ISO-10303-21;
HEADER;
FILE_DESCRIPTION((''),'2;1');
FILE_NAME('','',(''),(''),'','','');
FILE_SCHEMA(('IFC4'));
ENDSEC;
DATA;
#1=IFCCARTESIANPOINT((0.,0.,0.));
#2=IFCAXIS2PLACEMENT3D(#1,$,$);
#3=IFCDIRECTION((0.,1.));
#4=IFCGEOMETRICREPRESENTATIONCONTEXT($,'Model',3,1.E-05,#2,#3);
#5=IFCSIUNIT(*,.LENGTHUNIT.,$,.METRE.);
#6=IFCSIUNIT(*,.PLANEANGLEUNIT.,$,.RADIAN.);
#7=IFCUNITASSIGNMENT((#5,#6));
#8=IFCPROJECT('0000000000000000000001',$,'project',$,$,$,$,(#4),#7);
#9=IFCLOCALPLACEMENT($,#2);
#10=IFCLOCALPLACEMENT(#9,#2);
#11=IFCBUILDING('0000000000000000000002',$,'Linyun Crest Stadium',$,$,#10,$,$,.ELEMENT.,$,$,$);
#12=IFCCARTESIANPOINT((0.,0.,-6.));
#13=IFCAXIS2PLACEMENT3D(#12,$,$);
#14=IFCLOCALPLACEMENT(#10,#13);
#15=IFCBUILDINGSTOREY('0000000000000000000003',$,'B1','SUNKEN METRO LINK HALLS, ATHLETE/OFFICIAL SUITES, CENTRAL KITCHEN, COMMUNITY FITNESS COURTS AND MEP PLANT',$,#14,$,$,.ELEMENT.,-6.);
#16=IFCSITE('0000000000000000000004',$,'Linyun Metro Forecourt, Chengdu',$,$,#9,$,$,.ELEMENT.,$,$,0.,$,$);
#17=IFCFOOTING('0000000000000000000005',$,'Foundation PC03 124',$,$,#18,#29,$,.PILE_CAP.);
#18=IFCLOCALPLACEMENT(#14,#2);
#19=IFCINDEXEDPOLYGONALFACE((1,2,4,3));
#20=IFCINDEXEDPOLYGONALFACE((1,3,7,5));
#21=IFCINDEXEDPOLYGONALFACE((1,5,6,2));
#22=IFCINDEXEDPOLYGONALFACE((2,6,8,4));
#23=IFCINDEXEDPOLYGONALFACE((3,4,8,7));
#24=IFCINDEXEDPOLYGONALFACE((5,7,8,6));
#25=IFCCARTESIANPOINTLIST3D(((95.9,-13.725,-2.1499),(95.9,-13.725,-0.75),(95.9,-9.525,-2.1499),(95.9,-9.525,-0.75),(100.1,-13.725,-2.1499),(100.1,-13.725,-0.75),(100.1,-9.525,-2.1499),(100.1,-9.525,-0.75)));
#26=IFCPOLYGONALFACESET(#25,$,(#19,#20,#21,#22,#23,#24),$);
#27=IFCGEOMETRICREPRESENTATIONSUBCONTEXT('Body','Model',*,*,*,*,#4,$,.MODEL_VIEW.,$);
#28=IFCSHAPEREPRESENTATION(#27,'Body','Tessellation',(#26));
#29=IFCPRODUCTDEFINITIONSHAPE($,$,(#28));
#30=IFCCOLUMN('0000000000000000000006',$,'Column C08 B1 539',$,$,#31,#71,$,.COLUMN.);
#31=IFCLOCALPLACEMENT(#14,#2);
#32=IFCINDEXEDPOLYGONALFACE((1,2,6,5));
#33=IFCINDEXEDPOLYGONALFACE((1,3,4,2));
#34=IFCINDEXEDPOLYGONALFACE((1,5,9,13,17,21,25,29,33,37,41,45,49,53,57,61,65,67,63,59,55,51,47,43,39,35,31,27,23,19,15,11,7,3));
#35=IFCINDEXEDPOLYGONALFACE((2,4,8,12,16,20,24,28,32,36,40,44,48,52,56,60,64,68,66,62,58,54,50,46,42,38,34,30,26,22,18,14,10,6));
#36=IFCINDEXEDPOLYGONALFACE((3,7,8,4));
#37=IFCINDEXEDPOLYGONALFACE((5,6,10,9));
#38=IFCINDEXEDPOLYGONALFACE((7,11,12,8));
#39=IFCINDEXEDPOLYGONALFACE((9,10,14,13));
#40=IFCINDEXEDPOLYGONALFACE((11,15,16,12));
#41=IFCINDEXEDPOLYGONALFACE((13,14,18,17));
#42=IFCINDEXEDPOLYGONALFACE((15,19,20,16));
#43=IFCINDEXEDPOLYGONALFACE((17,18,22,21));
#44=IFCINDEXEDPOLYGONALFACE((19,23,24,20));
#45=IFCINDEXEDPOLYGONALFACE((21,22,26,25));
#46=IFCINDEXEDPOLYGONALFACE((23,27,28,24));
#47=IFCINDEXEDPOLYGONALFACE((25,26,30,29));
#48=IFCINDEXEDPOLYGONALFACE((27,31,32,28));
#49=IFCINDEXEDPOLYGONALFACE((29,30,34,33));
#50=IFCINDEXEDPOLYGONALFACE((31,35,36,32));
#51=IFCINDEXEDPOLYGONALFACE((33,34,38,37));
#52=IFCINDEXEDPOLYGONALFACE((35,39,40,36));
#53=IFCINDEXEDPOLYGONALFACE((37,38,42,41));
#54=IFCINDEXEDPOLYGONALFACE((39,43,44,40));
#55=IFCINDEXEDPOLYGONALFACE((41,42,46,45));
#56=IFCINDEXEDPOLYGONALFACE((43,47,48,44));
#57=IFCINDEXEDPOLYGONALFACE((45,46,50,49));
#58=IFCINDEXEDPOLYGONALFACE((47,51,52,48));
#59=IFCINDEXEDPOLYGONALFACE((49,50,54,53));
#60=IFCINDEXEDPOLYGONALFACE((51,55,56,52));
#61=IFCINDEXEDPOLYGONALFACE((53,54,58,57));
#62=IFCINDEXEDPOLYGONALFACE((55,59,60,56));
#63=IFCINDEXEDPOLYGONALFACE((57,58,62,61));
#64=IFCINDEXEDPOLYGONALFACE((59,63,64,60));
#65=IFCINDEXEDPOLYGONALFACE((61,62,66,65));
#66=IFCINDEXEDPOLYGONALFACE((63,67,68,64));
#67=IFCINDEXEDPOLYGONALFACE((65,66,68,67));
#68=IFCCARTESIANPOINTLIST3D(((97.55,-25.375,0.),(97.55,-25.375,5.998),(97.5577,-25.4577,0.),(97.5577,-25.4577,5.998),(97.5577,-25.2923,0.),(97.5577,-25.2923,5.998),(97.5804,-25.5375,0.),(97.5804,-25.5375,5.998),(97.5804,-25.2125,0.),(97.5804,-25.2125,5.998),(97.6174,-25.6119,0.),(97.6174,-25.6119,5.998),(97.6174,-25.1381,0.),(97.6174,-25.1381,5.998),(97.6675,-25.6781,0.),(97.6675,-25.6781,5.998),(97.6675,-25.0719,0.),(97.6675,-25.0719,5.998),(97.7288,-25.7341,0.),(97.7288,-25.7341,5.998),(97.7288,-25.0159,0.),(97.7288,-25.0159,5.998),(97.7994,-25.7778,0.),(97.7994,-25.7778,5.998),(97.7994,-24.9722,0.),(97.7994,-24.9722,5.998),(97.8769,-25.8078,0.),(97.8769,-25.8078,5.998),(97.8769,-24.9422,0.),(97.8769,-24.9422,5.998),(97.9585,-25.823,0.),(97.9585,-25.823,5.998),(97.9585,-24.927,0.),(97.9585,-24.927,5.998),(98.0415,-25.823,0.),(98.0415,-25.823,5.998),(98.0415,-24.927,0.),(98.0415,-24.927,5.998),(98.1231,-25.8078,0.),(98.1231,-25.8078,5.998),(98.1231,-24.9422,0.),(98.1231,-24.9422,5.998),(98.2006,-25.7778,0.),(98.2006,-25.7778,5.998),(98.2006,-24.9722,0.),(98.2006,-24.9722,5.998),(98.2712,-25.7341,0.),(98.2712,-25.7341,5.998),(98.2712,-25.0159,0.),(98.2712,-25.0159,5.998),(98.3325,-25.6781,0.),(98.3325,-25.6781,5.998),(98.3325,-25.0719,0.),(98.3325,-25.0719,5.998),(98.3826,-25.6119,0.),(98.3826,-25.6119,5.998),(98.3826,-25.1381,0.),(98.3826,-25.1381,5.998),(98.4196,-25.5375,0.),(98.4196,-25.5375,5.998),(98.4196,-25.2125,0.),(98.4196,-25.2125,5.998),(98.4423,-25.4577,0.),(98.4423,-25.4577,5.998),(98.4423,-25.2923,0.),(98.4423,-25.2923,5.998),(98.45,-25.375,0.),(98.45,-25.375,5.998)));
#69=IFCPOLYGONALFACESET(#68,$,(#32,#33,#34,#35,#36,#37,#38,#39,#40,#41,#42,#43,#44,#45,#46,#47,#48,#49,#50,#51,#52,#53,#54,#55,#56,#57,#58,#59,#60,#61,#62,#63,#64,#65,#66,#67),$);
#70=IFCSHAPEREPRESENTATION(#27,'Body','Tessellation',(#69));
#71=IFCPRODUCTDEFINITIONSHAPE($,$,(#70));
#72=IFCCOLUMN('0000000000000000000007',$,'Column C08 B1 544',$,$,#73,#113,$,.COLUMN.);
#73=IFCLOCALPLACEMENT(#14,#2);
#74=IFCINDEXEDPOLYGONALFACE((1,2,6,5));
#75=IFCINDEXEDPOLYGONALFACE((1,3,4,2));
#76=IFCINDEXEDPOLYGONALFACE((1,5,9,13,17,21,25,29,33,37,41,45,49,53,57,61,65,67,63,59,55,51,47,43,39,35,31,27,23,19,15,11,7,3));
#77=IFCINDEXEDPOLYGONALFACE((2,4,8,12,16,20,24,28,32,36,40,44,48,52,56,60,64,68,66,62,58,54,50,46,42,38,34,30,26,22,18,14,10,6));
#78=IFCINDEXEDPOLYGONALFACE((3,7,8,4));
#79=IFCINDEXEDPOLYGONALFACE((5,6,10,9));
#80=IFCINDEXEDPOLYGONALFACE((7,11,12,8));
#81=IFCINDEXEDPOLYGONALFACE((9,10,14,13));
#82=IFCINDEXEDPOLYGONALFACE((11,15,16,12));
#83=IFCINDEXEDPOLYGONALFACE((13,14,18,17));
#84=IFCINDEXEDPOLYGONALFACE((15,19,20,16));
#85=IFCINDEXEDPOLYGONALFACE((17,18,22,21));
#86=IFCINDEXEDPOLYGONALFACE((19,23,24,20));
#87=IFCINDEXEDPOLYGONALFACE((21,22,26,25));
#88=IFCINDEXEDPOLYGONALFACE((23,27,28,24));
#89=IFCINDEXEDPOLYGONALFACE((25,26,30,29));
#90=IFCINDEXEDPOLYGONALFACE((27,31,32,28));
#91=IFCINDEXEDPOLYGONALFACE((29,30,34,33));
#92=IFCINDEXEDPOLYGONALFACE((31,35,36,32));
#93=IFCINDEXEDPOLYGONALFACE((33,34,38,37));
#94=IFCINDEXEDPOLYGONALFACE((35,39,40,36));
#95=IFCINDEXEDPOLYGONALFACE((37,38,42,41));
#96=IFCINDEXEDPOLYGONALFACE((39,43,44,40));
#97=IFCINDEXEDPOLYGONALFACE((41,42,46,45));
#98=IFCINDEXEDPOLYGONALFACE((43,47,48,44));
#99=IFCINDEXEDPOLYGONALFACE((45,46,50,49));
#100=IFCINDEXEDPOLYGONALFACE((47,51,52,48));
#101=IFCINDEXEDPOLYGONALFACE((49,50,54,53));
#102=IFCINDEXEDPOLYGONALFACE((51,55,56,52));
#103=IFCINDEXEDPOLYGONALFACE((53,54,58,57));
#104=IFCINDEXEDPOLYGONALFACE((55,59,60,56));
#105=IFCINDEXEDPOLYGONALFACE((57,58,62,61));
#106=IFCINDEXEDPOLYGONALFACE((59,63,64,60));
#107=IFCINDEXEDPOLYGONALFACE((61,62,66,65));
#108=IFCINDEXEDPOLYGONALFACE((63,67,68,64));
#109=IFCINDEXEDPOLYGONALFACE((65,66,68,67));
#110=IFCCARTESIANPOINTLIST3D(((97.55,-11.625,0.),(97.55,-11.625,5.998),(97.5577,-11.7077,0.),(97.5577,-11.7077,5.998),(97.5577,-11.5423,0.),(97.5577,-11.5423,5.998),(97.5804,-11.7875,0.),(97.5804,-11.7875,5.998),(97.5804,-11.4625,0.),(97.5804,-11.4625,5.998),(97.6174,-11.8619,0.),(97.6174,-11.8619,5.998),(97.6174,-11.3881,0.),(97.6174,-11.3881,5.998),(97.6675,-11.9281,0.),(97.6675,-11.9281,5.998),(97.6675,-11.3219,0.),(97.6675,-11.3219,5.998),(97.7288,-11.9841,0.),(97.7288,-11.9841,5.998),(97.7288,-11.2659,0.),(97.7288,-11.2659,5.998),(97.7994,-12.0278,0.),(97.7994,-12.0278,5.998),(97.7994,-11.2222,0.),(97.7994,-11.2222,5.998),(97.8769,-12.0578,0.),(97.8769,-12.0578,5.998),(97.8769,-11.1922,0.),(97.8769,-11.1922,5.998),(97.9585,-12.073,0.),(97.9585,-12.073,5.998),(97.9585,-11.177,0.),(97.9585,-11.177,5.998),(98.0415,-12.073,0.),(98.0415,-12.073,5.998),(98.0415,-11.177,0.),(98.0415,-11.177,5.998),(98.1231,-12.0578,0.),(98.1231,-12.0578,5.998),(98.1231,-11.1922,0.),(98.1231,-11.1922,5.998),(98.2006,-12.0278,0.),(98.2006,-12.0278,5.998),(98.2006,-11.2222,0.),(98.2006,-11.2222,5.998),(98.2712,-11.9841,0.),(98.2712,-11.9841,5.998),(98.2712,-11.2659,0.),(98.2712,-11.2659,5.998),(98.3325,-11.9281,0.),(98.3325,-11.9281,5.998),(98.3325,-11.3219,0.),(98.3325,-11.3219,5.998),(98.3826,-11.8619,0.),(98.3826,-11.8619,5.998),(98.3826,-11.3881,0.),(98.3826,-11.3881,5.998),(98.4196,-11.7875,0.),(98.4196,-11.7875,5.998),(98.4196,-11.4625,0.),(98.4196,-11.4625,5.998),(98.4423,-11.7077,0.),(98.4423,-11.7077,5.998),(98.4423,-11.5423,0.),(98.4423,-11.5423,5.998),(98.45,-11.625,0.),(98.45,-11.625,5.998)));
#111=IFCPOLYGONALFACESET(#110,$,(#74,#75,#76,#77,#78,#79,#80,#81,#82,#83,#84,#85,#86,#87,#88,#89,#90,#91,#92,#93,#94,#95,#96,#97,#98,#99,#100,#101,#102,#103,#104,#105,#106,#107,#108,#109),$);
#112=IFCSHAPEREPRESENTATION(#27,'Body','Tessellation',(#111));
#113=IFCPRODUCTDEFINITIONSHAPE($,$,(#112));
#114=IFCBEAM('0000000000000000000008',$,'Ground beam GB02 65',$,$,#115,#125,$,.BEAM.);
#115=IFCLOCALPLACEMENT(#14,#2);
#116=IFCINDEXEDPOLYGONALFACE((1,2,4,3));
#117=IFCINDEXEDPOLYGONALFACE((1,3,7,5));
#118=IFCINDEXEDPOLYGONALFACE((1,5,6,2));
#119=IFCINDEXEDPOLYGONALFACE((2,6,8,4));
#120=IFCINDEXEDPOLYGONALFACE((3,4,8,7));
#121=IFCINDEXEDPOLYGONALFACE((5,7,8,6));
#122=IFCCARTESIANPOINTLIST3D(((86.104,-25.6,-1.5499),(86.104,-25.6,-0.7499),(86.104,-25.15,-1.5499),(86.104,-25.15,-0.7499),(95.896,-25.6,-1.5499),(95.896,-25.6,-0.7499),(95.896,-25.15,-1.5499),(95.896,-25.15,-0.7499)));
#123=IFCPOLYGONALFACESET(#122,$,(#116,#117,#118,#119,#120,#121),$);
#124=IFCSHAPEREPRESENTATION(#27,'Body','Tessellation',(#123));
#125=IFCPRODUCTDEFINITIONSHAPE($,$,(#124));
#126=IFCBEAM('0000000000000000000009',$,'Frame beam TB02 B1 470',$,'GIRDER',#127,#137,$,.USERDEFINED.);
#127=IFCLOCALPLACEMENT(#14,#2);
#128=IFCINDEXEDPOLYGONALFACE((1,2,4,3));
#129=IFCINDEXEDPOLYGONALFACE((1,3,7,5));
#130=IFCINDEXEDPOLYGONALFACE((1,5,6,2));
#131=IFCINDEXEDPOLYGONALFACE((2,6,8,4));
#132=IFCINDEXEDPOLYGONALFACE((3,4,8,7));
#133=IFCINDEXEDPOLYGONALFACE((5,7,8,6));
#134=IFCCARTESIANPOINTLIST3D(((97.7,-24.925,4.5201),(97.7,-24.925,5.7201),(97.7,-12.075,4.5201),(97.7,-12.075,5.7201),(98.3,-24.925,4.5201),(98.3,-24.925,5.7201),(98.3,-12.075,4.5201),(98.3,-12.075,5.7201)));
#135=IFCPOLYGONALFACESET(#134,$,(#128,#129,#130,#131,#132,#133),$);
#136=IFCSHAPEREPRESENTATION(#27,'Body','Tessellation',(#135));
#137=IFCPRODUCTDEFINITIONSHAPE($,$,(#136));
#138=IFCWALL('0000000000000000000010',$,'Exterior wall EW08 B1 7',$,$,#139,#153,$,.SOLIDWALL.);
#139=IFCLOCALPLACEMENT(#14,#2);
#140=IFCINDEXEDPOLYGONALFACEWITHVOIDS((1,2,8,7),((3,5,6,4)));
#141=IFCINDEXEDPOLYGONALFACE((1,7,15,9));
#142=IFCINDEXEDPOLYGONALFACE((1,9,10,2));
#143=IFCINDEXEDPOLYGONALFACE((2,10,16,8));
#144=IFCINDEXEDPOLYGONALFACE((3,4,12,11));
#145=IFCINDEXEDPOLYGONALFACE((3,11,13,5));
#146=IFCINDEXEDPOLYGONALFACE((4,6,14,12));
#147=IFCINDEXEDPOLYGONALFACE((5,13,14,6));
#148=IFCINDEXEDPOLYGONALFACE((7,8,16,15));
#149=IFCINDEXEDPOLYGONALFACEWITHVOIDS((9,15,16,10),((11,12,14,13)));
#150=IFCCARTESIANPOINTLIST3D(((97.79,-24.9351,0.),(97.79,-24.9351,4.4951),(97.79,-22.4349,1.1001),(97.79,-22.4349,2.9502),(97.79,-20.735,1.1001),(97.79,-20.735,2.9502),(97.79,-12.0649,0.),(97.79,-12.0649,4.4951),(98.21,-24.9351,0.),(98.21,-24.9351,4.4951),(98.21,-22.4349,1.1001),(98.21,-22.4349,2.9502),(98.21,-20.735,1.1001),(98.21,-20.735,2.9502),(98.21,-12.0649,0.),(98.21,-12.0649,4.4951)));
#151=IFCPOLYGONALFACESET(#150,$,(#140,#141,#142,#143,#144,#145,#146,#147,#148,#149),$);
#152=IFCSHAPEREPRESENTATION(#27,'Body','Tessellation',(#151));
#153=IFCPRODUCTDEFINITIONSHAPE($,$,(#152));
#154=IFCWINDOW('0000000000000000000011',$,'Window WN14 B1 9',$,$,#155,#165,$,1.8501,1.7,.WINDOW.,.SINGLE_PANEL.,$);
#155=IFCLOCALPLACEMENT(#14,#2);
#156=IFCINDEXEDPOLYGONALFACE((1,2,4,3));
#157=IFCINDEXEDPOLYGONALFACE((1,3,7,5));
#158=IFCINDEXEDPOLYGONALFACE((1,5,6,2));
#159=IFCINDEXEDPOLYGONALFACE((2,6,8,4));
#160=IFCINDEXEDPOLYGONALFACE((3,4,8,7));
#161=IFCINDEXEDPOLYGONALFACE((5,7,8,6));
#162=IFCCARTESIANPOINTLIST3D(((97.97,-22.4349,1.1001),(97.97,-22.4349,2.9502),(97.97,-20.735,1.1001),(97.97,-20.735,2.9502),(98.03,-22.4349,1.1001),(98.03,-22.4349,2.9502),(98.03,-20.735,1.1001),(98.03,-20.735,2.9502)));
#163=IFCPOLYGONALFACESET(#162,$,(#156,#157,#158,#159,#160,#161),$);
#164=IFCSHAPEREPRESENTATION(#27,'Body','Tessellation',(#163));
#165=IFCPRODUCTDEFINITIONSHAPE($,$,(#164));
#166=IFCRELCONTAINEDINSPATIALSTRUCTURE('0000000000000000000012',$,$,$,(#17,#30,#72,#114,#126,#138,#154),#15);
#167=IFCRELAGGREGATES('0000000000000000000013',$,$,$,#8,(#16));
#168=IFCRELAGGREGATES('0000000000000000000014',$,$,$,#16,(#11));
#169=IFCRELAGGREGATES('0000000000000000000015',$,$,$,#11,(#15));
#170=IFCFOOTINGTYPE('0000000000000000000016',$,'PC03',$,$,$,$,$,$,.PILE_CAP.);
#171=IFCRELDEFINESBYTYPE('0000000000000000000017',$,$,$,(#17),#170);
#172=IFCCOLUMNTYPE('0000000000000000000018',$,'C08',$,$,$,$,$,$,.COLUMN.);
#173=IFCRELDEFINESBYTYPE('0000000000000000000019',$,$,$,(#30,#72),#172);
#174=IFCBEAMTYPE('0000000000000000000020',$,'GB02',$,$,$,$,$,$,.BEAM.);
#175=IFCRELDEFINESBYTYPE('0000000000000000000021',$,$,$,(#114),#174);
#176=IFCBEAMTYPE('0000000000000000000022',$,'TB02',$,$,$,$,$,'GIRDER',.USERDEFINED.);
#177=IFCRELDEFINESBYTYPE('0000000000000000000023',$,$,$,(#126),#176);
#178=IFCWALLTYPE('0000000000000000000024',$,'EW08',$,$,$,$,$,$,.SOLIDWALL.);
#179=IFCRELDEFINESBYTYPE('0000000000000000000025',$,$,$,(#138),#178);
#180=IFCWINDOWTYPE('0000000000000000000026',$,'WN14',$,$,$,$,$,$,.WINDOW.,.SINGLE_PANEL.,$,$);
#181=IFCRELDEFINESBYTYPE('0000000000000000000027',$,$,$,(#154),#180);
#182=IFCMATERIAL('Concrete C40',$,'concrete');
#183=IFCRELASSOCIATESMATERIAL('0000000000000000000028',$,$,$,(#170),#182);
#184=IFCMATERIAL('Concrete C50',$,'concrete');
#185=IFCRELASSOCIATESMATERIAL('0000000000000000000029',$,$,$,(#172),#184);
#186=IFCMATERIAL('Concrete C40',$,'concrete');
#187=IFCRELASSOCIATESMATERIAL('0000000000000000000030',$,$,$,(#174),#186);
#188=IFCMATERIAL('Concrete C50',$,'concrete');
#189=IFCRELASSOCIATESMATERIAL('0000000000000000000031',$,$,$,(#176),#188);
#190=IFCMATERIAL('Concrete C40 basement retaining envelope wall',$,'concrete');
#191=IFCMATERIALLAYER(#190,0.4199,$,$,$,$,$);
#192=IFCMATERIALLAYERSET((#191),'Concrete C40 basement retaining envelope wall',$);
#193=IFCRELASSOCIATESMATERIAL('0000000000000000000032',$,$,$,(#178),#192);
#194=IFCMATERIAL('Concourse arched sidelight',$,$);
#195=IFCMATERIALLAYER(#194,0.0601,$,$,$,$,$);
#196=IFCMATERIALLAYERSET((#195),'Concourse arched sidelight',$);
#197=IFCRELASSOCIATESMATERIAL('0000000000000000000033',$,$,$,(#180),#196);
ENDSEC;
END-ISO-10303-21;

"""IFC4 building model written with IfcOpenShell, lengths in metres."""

from ifc_helpers import new_model, si_unit, direction, frame, frame_2d, origin, origin_2d, place, context, subcontext, project, spatial, rectangle, circle, extrude, material, layer, layer_set, material_profile, profile_set, type_object, element, fill, save


model = new_model("IFC4")

# Units and contexts
model_context = context("Model", 3, precision=1e-05, world=origin(), true_north=direction((0.0, 1.0)))
body_context = subcontext(model_context, "Body", "Model", "MODEL_VIEW")
ifc_project = project(units=[si_unit("LENGTHUNIT", "METRE"), si_unit("PLANEANGLEUNIT", "RADIAN")], contexts=[model_context])

# Site, building, storey
site_placement = place(None, origin())
site = spatial("IfcSite", under=ifc_project, at=site_placement, Name="Linyun Metro Forecourt, Chengdu", CompositionType="ELEMENT", RefElevation=0.0)
building_placement = place(site_placement, origin())
building = spatial("IfcBuilding", under=site, at=building_placement, Name="Linyun Crest Stadium", CompositionType="ELEMENT")
storey_placement = place(building_placement, frame((0.0, 0.0, -6.0)))
storey = spatial("IfcBuildingStorey", under=building, at=storey_placement, Name="B1", Description="SUNKEN METRO LINK HALLS, ATHLETE/OFFICIAL SUITES, CENTRAL KITCHEN, COMMUNITY FITNESS COURTS AND MEP PLANT", CompositionType="ELEMENT", Elevation=-6.0)

# Footing
ifc_material_1 = material(Name="Concrete C40", Category="concrete")
footing_type = type_object("IfcFootingType", Name="PC03", PredefinedType="PILE_CAP", material=ifc_material_1)
for number, where, z_axis, x_axis, name in (
    (1, (98.0, -11.625, -2.1499), (0.0, 0.0, 1.0), (1.0, 0.0, 0.0), "Foundation PC03 124"),
):
    element("IfcFooting", number, at=place(storey_placement, frame(where, z_axis=z_axis, x_axis=x_axis)), inside=storey, type_object=footing_type, Name=name, PredefinedType="PILE_CAP", context=body_context, shape_type="SweptSolid", body=[
        extrude(rectangle(XDim=4.2, YDim=4.2, at=origin_2d()), origin(), (0.0, 0.0, 1.0), 1.3999),
    ])

# Columns
ifc_material_2 = material(Name="Concrete C50", Category="concrete")
ifc_material_profile_1 = material_profile(ifc_material_2, circle(Radius=0.45, at=origin_2d()), Name="RC D900")
ifc_profile_set_1 = profile_set([ifc_material_profile_1], Name="Concrete C50")
column_type = type_object("IfcColumnType", Name="C08", PredefinedType="COLUMN", material=ifc_profile_set_1)
for number, where, z_axis, x_axis, name in (
    (2, (98.0, -25.375, 0.0), (0.0, 0.0, 1.0), (1.0, 0.0, 0.0), "Column C08 B1 539"),
    (3, (98.0, -11.625, 0.0), (0.0, 0.0, 1.0), (1.0, 0.0, 0.0), "Column C08 B1 544"),
):
    element("IfcColumn", number, at=place(storey_placement, frame(where, z_axis=z_axis, x_axis=x_axis)), inside=storey, type_object=column_type, Name=name, PredefinedType="COLUMN", context=body_context, shape_type="SweptSolid", body=[
        extrude(circle(Radius=0.45, at=origin_2d()), origin(), (0.0, 0.0, 1.0), 5.998),
    ])

# Beams
ifc_material_3 = material(Name="Concrete C40", Category="concrete")
ifc_material_profile_2 = material_profile(ifc_material_3, rectangle(XDim=0.45, YDim=0.8, at=origin_2d()), Name="RCB 800x450")
ifc_profile_set_2 = profile_set([ifc_material_profile_2], Name="Concrete C40")
beam_type_1 = type_object("IfcBeamType", Name="GB02", PredefinedType="BEAM", material=ifc_profile_set_2)
beam_1_placement = place(storey_placement, frame((86.104, -25.375, -1.1499), z_axis=(1.0, 0.0, 0.0), x_axis=(0.0, 1.0, 0.0)))
element("IfcBeam", 4, at=beam_1_placement, inside=storey, type_object=beam_type_1, Name="Ground beam GB02 65", PredefinedType="BEAM", context=body_context, shape_type="SweptSolid", body=[
    extrude(rectangle(XDim=0.45, YDim=0.8, at=origin_2d()), origin(), (0.0, 0.0, 1.0), 9.792),
])
ifc_material_4 = material(Name="Concrete C50", Category="concrete")
ifc_material_profile_3 = material_profile(ifc_material_4, rectangle(XDim=0.6001, YDim=1.2, at=origin_2d()), Name="RCB 1200x600")
ifc_profile_set_3 = profile_set([ifc_material_profile_3], Name="Concrete C50")
beam_type_2 = type_object("IfcBeamType", Name="TB02", ElementType="GIRDER", PredefinedType="USERDEFINED", material=ifc_profile_set_3)
beam_2_placement = place(storey_placement, frame((98.0, -24.925, 5.1201), z_axis=(0.0, 1.0, 0.0), x_axis=(-1.0, 0.0, 0.0)))
element("IfcBeam", 5, at=beam_2_placement, inside=storey, type_object=beam_type_2, Name="Frame beam TB02 B1 470", ObjectType="GIRDER", PredefinedType="USERDEFINED", context=body_context, shape_type="SweptSolid", body=[
    extrude(rectangle(XDim=0.6001, YDim=1.2, at=origin_2d()), origin(), (0.0, 0.0, 1.0), 12.8501),
])

# Wall, opening, window
ifc_material_5 = material(Name="Concrete C40 basement retaining envelope wall", Category="concrete")
ifc_layer_1 = layer(ifc_material_5, 0.4199)
ifc_layer_set_1 = layer_set([ifc_layer_1], Name="Concrete C40 basement retaining envelope wall")
wall_type_1 = type_object("IfcWallType", Name="EW08", PredefinedType="SOLIDWALL", material=ifc_layer_set_1)
wall_1_placement = place(storey_placement, frame((98.0, -24.9351, 0.0), z_axis=(0.0, 0.0, 1.0), x_axis=(0.0, 1.0, 0.0)))
wall_1 = element("IfcWall", 6, at=wall_1_placement, inside=storey, type_object=wall_type_1, Name="Exterior wall EW08 B1 7", PredefinedType="SOLIDWALL", context=body_context, shape_type="SweptSolid", body=[
    extrude(rectangle(XDim=12.8701, YDim=0.4199, at=frame_2d((6.4351, 0.0))), origin(), (0.0, 0.0, 1.0), 4.4951),
])
opening_1_placement = place(wall_1_placement, frame((2.5, 0.0, 1.1001)))
opening_1 = element("IfcOpeningElement", 7, at=opening_1_placement, cuts=wall_1, PredefinedType="OPENING", context=body_context, shape_type="SweptSolid", body=[
    extrude(rectangle(XDim=1.7, YDim=1.8501, at=frame_2d((0.8501, 0.925))), frame((0.0, 0.22, 0.0), z_axis=(0.0, -1.0, 0.0), x_axis=(1.0, 0.0, 0.0)), (0.0, 0.0, 1.0), 0.4399),
])
ifc_material_6 = material(Name="Concourse arched sidelight")
ifc_layer_2 = layer(ifc_material_6, 0.0601)
ifc_layer_set_2 = layer_set([ifc_layer_2], Name="Concourse arched sidelight")
window_type = type_object("IfcWindowType", Name="WN14", PartitioningType="SINGLE_PANEL", PredefinedType="WINDOW", material=ifc_layer_set_2)
window_placement = place(opening_1_placement, origin())
window = element("IfcWindow", 8, at=window_placement, inside=storey, type_object=window_type, Name="Window WN14 B1 9", OverallHeight=1.8501, OverallWidth=1.7, PartitioningType="SINGLE_PANEL", PredefinedType="WINDOW", context=body_context, shape_type="SweptSolid", body=[
    extrude(rectangle(XDim=1.7, YDim=1.8501, at=frame_2d((0.8501, 0.925))), frame((0.0, 0.03, 0.0), z_axis=(0.0, -1.0, 0.0), x_axis=(1.0, 0.0, 0.0)), (0.0, 0.0, 1.0), 0.0601),
])
fill(opening_1, window)

save(model, "model.ifc")
